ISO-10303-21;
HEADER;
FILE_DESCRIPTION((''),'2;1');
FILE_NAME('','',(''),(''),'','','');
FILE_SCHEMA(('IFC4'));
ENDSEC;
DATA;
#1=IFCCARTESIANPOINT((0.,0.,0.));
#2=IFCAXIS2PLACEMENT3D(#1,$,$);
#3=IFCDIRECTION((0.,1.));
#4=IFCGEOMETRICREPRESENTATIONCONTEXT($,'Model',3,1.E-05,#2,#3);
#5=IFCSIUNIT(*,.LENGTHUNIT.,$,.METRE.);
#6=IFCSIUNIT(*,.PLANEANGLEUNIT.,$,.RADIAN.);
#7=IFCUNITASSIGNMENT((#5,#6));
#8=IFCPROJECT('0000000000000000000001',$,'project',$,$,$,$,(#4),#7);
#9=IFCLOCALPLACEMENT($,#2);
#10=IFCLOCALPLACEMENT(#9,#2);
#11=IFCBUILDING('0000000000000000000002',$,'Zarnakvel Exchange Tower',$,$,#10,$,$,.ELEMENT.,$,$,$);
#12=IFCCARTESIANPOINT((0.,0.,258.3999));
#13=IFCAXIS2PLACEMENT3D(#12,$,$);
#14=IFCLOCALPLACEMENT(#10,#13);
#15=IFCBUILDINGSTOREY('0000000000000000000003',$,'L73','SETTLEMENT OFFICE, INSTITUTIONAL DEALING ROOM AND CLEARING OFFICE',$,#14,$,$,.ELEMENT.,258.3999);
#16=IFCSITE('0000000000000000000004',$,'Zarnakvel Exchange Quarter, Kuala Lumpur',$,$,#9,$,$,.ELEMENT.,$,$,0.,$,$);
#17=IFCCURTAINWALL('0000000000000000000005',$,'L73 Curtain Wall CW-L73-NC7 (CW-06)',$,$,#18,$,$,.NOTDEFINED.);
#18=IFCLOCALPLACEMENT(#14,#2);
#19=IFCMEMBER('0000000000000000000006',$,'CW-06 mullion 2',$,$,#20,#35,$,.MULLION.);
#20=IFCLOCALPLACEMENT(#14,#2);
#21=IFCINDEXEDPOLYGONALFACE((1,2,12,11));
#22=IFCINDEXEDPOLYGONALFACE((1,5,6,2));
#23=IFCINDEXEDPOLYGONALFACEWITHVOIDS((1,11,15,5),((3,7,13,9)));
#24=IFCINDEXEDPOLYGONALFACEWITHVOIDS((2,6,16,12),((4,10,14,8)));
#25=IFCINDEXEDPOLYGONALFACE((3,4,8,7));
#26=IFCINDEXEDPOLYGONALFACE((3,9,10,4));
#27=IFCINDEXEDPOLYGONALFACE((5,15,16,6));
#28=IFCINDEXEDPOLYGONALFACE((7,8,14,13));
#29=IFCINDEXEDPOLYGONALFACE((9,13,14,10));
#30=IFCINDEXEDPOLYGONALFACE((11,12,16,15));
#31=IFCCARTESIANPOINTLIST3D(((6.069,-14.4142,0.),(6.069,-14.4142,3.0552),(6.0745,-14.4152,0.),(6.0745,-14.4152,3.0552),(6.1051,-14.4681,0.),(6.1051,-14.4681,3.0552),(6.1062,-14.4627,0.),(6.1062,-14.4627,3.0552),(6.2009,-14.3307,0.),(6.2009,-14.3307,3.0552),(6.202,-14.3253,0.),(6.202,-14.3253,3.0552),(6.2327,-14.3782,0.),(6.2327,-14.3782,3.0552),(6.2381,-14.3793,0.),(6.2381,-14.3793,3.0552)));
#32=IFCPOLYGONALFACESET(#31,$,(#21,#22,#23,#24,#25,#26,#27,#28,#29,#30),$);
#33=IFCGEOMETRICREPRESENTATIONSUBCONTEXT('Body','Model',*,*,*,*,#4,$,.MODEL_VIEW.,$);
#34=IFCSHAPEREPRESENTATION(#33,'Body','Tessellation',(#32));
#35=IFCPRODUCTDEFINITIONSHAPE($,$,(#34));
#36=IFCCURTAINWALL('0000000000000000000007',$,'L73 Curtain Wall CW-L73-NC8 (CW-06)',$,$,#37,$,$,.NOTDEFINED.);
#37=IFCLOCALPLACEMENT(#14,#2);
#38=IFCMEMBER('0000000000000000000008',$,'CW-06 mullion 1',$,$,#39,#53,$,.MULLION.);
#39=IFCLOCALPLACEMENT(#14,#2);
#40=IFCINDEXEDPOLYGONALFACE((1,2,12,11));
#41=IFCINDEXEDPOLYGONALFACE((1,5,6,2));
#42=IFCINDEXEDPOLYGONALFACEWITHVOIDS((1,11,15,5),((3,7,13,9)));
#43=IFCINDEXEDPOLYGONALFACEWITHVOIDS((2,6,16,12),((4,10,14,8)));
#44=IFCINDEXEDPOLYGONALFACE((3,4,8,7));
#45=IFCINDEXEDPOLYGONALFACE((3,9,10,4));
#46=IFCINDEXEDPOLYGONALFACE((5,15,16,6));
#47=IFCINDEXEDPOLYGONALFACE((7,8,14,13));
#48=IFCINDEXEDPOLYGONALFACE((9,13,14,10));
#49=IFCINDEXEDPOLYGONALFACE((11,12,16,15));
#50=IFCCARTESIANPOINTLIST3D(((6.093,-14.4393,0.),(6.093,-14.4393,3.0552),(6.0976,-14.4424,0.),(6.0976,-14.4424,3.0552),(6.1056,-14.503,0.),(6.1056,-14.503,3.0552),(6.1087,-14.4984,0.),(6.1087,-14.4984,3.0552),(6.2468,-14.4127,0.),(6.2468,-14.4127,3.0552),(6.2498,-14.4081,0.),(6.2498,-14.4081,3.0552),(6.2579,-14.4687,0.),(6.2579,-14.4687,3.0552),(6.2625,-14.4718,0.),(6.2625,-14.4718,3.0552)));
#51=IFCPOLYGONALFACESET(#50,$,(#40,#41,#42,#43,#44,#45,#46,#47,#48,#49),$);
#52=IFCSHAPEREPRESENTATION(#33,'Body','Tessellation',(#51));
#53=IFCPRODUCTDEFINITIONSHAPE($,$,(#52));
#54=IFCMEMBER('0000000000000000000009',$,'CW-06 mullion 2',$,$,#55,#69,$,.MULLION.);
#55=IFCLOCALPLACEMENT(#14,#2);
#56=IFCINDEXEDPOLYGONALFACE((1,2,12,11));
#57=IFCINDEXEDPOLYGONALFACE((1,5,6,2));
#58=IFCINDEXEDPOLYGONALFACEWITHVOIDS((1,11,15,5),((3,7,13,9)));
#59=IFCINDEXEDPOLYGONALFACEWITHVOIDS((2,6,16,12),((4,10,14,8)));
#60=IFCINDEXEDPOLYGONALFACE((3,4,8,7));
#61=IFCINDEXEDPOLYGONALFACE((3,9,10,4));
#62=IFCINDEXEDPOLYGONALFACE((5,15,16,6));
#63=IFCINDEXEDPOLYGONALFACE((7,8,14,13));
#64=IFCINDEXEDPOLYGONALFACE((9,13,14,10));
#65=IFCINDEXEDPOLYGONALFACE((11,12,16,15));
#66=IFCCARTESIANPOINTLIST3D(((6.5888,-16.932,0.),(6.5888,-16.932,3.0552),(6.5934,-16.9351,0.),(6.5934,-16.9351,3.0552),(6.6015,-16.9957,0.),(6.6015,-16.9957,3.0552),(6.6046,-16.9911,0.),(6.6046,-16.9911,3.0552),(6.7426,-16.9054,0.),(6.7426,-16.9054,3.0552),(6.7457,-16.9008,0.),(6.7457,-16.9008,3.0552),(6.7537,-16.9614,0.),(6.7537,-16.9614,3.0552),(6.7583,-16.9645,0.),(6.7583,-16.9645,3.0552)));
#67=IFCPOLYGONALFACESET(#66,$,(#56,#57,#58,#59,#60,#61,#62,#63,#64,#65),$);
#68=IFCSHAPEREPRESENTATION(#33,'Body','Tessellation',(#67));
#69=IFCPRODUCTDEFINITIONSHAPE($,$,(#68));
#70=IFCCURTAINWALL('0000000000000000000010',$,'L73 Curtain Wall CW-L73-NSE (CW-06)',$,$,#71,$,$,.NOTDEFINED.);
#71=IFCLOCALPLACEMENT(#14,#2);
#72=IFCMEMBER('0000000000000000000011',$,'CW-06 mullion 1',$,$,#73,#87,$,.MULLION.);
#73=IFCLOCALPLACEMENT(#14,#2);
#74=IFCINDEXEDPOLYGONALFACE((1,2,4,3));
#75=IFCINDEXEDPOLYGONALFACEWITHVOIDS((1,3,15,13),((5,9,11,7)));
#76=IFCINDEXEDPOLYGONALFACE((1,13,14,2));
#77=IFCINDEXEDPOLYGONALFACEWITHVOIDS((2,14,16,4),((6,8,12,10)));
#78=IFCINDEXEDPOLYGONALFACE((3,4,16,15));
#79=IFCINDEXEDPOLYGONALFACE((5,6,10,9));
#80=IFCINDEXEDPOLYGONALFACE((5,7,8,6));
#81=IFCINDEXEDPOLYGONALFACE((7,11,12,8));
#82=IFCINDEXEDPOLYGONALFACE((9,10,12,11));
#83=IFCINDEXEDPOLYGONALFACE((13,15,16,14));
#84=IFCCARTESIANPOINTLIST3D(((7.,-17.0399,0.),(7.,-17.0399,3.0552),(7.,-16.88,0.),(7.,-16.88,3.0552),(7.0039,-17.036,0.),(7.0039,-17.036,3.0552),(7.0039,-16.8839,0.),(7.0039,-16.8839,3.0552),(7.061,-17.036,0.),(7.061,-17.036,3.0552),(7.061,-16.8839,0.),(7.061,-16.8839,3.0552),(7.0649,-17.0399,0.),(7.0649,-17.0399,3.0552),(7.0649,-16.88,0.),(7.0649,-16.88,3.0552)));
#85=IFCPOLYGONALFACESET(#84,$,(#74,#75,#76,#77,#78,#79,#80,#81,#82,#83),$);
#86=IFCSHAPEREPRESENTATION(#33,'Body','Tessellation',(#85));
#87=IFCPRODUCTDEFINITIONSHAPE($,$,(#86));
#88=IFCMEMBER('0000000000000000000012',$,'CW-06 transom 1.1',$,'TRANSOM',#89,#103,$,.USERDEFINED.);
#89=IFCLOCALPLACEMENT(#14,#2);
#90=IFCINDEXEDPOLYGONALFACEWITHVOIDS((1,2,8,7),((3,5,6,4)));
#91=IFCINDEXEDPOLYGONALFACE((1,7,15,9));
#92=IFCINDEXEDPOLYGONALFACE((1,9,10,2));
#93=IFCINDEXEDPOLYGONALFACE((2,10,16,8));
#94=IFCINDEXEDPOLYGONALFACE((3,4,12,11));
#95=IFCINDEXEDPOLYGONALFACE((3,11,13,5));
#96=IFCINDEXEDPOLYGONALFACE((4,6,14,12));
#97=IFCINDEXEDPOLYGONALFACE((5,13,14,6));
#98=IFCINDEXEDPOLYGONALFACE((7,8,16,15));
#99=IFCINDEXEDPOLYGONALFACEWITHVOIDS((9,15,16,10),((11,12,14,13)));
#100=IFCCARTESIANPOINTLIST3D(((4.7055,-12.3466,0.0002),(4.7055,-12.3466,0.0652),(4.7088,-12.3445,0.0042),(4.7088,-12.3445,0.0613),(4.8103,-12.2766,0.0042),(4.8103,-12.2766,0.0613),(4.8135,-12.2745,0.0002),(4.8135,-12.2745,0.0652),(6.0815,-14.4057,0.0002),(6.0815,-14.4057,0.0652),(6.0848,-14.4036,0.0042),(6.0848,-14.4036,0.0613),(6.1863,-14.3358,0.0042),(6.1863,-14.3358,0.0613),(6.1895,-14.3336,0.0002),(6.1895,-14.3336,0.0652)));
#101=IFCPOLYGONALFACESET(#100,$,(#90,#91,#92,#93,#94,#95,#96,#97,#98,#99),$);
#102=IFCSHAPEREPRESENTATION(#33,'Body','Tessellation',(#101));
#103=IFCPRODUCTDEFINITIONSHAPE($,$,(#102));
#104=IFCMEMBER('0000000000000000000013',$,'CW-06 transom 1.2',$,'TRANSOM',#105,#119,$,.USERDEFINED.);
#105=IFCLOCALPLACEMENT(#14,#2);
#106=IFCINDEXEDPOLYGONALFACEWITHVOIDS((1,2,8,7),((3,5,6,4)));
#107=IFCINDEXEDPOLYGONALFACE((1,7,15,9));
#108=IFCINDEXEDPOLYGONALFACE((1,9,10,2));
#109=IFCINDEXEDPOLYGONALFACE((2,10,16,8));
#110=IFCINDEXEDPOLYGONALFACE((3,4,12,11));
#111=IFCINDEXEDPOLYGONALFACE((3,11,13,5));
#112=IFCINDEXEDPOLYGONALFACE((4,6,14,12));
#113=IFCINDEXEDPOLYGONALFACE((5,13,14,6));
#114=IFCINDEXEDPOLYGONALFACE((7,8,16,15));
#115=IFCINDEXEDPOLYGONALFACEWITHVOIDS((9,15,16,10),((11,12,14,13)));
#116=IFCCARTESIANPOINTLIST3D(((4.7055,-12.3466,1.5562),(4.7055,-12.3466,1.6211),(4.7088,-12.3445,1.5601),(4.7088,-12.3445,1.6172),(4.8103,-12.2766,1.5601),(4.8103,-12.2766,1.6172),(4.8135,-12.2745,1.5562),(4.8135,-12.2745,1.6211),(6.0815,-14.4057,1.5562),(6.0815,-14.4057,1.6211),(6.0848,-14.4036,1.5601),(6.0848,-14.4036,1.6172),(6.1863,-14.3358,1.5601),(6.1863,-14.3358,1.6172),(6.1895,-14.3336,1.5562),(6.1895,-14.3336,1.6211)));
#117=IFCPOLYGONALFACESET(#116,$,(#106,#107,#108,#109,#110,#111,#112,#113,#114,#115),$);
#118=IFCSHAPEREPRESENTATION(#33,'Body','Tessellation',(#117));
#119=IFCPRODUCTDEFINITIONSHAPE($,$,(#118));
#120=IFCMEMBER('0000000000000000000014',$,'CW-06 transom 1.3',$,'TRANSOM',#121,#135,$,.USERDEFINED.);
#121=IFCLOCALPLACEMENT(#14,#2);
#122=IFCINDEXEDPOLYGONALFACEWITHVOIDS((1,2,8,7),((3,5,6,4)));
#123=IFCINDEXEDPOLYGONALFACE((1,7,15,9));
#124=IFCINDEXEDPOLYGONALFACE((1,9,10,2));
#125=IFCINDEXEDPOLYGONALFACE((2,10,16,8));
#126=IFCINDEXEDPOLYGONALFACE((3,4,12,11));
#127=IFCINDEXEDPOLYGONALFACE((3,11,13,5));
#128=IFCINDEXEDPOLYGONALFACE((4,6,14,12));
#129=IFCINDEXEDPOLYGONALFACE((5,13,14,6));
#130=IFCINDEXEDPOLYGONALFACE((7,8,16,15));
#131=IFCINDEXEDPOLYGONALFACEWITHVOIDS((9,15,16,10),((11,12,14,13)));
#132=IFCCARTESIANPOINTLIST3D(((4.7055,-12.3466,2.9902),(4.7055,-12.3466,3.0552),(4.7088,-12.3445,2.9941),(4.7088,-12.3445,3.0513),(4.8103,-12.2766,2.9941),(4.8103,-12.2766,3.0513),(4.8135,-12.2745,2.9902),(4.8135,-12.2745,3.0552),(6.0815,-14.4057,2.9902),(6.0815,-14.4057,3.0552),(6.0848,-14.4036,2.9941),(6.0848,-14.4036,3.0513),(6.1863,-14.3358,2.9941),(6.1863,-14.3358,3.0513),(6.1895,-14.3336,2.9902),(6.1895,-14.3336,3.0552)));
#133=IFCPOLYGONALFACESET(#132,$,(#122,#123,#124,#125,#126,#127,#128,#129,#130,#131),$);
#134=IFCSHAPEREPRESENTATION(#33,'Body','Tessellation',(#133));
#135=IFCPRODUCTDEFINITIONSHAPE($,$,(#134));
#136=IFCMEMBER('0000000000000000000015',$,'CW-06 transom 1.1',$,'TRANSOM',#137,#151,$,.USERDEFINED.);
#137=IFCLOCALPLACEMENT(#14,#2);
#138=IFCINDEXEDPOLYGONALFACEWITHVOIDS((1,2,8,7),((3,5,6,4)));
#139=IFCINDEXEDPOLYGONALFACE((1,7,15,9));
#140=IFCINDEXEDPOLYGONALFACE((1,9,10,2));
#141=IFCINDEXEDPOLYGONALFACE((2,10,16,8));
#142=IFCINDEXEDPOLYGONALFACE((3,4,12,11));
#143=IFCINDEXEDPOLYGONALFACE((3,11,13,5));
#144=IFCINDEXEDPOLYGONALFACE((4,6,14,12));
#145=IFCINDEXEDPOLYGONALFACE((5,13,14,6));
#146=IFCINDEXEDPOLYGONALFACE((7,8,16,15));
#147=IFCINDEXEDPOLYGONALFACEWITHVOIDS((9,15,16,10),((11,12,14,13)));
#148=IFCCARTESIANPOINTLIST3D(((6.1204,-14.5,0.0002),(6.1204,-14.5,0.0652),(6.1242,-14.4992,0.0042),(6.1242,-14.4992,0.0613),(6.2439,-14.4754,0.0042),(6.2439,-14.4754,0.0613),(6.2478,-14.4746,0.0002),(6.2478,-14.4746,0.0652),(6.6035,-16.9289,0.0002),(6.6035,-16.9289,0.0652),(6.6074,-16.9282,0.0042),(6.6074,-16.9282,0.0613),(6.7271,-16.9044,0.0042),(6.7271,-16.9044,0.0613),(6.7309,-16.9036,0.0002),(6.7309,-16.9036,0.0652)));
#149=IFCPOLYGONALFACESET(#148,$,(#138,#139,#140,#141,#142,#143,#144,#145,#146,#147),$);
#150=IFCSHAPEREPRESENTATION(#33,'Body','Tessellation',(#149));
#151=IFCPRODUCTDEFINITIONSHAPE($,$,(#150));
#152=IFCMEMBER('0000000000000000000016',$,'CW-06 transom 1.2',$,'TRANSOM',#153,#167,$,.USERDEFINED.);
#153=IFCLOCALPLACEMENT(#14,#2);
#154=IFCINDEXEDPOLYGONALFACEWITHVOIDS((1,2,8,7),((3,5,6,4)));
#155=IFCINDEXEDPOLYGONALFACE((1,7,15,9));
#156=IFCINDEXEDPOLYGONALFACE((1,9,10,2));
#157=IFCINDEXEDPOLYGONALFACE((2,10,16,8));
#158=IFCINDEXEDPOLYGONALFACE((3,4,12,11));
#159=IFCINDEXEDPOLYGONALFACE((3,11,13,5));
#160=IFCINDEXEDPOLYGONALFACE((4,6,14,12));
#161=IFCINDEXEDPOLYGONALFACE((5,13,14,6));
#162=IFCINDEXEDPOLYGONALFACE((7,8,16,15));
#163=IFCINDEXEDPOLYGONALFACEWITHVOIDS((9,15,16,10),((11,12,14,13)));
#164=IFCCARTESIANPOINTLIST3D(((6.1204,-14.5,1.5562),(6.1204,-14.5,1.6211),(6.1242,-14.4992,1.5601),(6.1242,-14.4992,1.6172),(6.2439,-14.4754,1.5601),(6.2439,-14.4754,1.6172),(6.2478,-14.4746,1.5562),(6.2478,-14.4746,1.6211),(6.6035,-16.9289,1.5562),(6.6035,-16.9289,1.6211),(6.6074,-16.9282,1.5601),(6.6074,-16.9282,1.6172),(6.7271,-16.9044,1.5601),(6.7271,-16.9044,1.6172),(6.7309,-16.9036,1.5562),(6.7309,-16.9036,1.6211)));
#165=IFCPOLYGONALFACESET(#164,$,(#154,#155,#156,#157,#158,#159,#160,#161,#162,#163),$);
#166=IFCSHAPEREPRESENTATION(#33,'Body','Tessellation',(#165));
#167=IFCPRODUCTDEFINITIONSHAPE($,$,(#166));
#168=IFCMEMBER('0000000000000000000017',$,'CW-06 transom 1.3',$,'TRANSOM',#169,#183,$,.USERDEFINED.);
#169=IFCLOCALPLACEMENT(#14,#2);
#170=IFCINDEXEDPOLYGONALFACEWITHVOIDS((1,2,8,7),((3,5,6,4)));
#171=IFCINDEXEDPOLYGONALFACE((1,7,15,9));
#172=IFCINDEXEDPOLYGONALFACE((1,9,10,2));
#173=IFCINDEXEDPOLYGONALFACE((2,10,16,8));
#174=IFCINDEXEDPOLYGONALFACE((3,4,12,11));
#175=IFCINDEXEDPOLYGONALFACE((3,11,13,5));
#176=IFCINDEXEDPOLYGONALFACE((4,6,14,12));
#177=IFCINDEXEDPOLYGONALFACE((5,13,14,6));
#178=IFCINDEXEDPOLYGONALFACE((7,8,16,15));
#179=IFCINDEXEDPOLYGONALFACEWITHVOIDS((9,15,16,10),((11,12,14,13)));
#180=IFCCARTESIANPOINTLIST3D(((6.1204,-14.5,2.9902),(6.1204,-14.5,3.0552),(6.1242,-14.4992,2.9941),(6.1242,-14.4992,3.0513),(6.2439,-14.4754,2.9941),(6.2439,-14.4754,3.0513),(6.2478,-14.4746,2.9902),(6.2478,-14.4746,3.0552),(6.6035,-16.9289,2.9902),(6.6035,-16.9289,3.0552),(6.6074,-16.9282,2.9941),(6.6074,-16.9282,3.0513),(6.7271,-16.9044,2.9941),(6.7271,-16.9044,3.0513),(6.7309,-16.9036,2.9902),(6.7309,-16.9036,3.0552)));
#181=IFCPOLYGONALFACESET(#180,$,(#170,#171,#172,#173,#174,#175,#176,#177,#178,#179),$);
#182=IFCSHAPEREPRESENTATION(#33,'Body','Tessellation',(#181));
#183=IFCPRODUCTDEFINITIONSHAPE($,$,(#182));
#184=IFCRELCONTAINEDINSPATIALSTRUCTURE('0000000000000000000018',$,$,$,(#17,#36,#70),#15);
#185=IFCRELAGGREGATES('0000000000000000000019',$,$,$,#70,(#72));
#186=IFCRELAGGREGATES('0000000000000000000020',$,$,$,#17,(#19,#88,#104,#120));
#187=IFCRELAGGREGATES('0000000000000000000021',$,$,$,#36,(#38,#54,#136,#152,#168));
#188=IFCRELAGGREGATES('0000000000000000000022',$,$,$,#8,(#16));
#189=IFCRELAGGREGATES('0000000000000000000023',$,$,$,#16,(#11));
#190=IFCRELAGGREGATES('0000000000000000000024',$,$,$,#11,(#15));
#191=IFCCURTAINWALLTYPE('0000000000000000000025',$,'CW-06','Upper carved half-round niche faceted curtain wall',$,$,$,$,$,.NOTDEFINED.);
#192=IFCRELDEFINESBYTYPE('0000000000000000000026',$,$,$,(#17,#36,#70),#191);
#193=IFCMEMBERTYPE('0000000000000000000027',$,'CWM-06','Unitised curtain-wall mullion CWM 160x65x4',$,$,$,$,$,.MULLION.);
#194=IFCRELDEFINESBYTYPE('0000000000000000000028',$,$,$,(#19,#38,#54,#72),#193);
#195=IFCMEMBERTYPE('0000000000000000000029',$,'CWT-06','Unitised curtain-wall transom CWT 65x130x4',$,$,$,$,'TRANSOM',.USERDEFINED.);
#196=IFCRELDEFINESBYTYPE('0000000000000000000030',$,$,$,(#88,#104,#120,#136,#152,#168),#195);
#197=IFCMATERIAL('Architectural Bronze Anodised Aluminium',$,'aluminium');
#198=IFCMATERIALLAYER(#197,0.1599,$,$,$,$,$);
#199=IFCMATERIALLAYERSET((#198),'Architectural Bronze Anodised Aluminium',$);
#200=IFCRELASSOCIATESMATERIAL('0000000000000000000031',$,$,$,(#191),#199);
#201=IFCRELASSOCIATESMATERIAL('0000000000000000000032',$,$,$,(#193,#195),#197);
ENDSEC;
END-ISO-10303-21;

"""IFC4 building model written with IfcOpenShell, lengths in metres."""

from ifc_helpers import new_model, si_unit, direction, frame, origin, origin_2d, place, context, subcontext, project, spatial, hollow_rectangle, extrude, source, transform, mapped, material, layer, layer_set, material_profile, profile_set, type_object, element, aggregate, save


model = new_model("IFC4")

# Units and contexts
model_context = context("Model", 3, precision=1e-05, world=origin(), true_north=direction((0.0, 1.0)))
body_context = subcontext(model_context, "Body", "Model", "MODEL_VIEW")
ifc_project = project(units=[si_unit("LENGTHUNIT", "METRE"), si_unit("PLANEANGLEUNIT", "RADIAN")], contexts=[model_context])

# Site, building, storey
site_placement = place(None, origin())
site = spatial("IfcSite", under=ifc_project, at=site_placement, Name="Zarnakvel Exchange Quarter, Kuala Lumpur", CompositionType="ELEMENT", RefElevation=0.0)
building_placement = place(site_placement, origin())
building = spatial("IfcBuilding", under=site, at=building_placement, Name="Zarnakvel Exchange Tower", CompositionType="ELEMENT")
storey_placement = place(building_placement, frame((0.0, 0.0, 258.3999)))
storey = spatial("IfcBuildingStorey", under=building, at=storey_placement, Name="L73", Description="SETTLEMENT OFFICE, INSTITUTIONAL DEALING ROOM AND CLEARING OFFICE", CompositionType="ELEMENT", Elevation=258.3999)

# Curtain walls, members
ifc_material_1 = material(Name="Architectural Bronze Anodised Aluminium", Category="aluminium")
ifc_layer_1 = layer(ifc_material_1, 0.1599)
ifc_layer_set_1 = layer_set([ifc_layer_1], Name="Architectural Bronze Anodised Aluminium")
curtain_wall_type = type_object("IfcCurtainWallType", Name="CW-06", Description="Upper carved half-round niche faceted curtain wall", PredefinedType="NOTDEFINED", material=ifc_layer_set_1)
curtain_wall_1_placement = place(storey_placement, origin())
curtain_wall_1 = element("IfcCurtainWall", 1, at=curtain_wall_1_placement, inside=storey, type_object=curtain_wall_type, Name="L73 Curtain Wall CW-L73-NC7 (CW-06)", PredefinedType="NOTDEFINED")
ifc_material_profile_1 = material_profile(ifc_material_1, hollow_rectangle(XDim=0.1599, YDim=0.0649, WallThickness=0.0039, at=origin_2d()))
ifc_profile_set_1 = profile_set([ifc_material_profile_1], Name="Architectural Bronze Anodised Aluminium")
member_type_1 = type_object("IfcMemberType", Name="CWM-06", Description="Unitised curtain-wall mullion CWM 160x65x4", PredefinedType="MULLION", material=ifc_profile_set_1)
shared_shape_1 = source(origin(), body_context, "Body", "SweptSolid", [
    extrude(hollow_rectangle(XDim=0.1599, YDim=0.0649, WallThickness=0.0039, at=origin_2d()), origin(), (0.0, 0.0, 1.0), 3.0552),
])
member_1_placement = place(storey_placement, frame((6.1536, -14.3967, 0.0), z_axis=(0.0, 0.0, 1.0), x_axis=(0.83147, 0.55557, 0.0)))
member_1 = element("IfcMember", 2, at=member_1_placement, type_object=member_type_1, Name="CW-06 mullion 2", PredefinedType="MULLION", context=body_context, shape_type="MappedRepresentation", body=[
    mapped(shared_shape_1, transform((0.0, 0.0, 0.0), x_axis=(1.0, 0.0, 0.0), y_axis=(0.0, 1.0, 0.0), z_axis=(0.0, 0.0, 1.0), scale=1.0)),
])
curtain_wall_2_placement = place(storey_placement, origin())
curtain_wall_2 = element("IfcCurtainWall", 3, at=curtain_wall_2_placement, inside=storey, type_object=curtain_wall_type, Name="L73 Curtain Wall CW-L73-NC8 (CW-06)", PredefinedType="NOTDEFINED")
member_2_placement = place(storey_placement, frame((6.1777, -14.4556, 0.0), z_axis=(0.0, 0.0, 1.0), x_axis=(0.980785, 0.19509, 0.0)))
member_2 = element("IfcMember", 4, at=member_2_placement, type_object=member_type_1, Name="CW-06 mullion 1", PredefinedType="MULLION", context=body_context, shape_type="MappedRepresentation", body=[
    mapped(shared_shape_1, transform((0.0, 0.0, 0.0), x_axis=(1.0, 0.0, 0.0), y_axis=(0.0, 1.0, 0.0), z_axis=(0.0, 0.0, 1.0), scale=1.0)),
])
member_3_placement = place(storey_placement, frame((6.6736, -16.9482, 0.0), z_axis=(0.0, 0.0, 1.0), x_axis=(0.980785, 0.19509, 0.0)))
member_3 = element("IfcMember", 5, at=member_3_placement, type_object=member_type_1, Name="CW-06 mullion 2", PredefinedType="MULLION", context=body_context, shape_type="MappedRepresentation", body=[
    mapped(shared_shape_1, transform((0.0, 0.0, 0.0), x_axis=(1.0, 0.0, 0.0), y_axis=(0.0, 1.0, 0.0), z_axis=(0.0, 0.0, 1.0), scale=1.0)),
])

# Curtain wall, member
curtain_wall_3_placement = place(storey_placement, origin())
curtain_wall_3 = element("IfcCurtainWall", 6, at=curtain_wall_3_placement, inside=storey, type_object=curtain_wall_type, Name="L73 Curtain Wall CW-L73-NSE (CW-06)", PredefinedType="NOTDEFINED")
member_4_placement = place(storey_placement, frame((7.0325, -16.96, 0.0), z_axis=(0.0, 0.0, 1.0), x_axis=(0.0, 1.0, 0.0)))
member_4 = element("IfcMember", 7, at=member_4_placement, type_object=member_type_1, Name="CW-06 mullion 1", PredefinedType="MULLION", context=body_context, shape_type="MappedRepresentation", body=[
    mapped(shared_shape_1, transform((0.0, 0.0, 0.0), x_axis=(1.0, 0.0, 0.0), y_axis=(0.0, 1.0, 0.0), z_axis=(0.0, 0.0, 1.0), scale=1.0)),
])

# Members
ifc_material_profile_2 = material_profile(ifc_material_1, hollow_rectangle(XDim=0.1299, YDim=0.0649, WallThickness=0.0039, at=origin_2d()))
ifc_profile_set_2 = profile_set([ifc_material_profile_2], Name="Architectural Bronze Anodised Aluminium")
member_type_2 = type_object("IfcMemberType", Name="CWT-06", Description="Unitised curtain-wall transom CWT 65x130x4", ElementType="TRANSOM", PredefinedType="USERDEFINED", material=ifc_profile_set_2)
shared_shape_2 = source(origin(), body_context, "Body", "SweptSolid", [
    extrude(hollow_rectangle(XDim=0.1299, YDim=0.0649, WallThickness=0.0039, at=origin_2d()), origin(), (0.0, 0.0, 1.0), 2.4766),
])
member_5_placement = place(storey_placement, frame((4.7595, -12.3105, 0.0327), z_axis=(0.55561, -0.831443, 0.0), x_axis=(0.831443, 0.55561, 0.0)))
member_5 = element("IfcMember", 8, at=member_5_placement, type_object=member_type_2, Name="CW-06 transom 1.1", ObjectType="TRANSOM", PredefinedType="USERDEFINED", context=body_context, shape_type="MappedRepresentation", body=[
    mapped(shared_shape_2, transform((0.0, 0.0, 0.0), x_axis=(1.0, 0.0, 0.0), y_axis=(0.0, 1.0, 0.0), z_axis=(0.0, 0.0, 1.0), scale=1.0)),
])
member_6_placement = place(storey_placement, frame((4.7595, -12.3105, 1.5886), z_axis=(0.55561, -0.831443, 0.0), x_axis=(0.831443, 0.55561, 0.0)))
member_6 = element("IfcMember", 9, at=member_6_placement, type_object=member_type_2, Name="CW-06 transom 1.2", ObjectType="TRANSOM", PredefinedType="USERDEFINED", context=body_context, shape_type="MappedRepresentation", body=[
    mapped(shared_shape_2, transform((0.0, 0.0, 0.0), x_axis=(1.0, 0.0, 0.0), y_axis=(0.0, 1.0, 0.0), z_axis=(0.0, 0.0, 1.0), scale=1.0)),
])
member_7_placement = place(storey_placement, frame((4.7595, -12.3105, 3.0227), z_axis=(0.55561, -0.831443, 0.0), x_axis=(0.831443, 0.55561, 0.0)))
member_7 = element("IfcMember", 10, at=member_7_placement, type_object=member_type_2, Name="CW-06 transom 1.3", ObjectType="TRANSOM", PredefinedType="USERDEFINED", context=body_context, shape_type="MappedRepresentation", body=[
    mapped(shared_shape_2, transform((0.0, 0.0, 0.0), x_axis=(1.0, 0.0, 0.0), y_axis=(0.0, 1.0, 0.0), z_axis=(0.0, 0.0, 1.0), scale=1.0)),
])
member_8_placement = place(storey_placement, frame((6.1841, -14.4873, 0.0327), z_axis=(0.195092, -0.980785, 0.0), x_axis=(0.980785, 0.195092, 0.0)))
member_8 = element("IfcMember", 11, at=member_8_placement, type_object=member_type_2, Name="CW-06 transom 1.1", ObjectType="TRANSOM", PredefinedType="USERDEFINED", context=body_context, shape_type="MappedRepresentation", body=[
    mapped(shared_shape_2, transform((0.0, 0.0, 0.0), x_axis=(1.0, 0.0, 0.0), y_axis=(0.0, 1.0, 0.0), z_axis=(0.0, 0.0, 1.0), scale=1.0)),
])
member_9_placement = place(storey_placement, frame((6.1841, -14.4873, 1.5886), z_axis=(0.195092, -0.980785, 0.0), x_axis=(0.980785, 0.195092, 0.0)))
member_9 = element("IfcMember", 12, at=member_9_placement, type_object=member_type_2, Name="CW-06 transom 1.2", ObjectType="TRANSOM", PredefinedType="USERDEFINED", context=body_context, shape_type="MappedRepresentation", body=[
    mapped(shared_shape_2, transform((0.0, 0.0, 0.0), x_axis=(1.0, 0.0, 0.0), y_axis=(0.0, 1.0, 0.0), z_axis=(0.0, 0.0, 1.0), scale=1.0)),
])
member_10_placement = place(storey_placement, frame((6.1841, -14.4873, 3.0227), z_axis=(0.195092, -0.980785, 0.0), x_axis=(0.980785, 0.195092, 0.0)))
member_10 = element("IfcMember", 13, at=member_10_placement, type_object=member_type_2, Name="CW-06 transom 1.3", ObjectType="TRANSOM", PredefinedType="USERDEFINED", context=body_context, shape_type="MappedRepresentation", body=[
    mapped(shared_shape_2, transform((0.0, 0.0, 0.0), x_axis=(1.0, 0.0, 0.0), y_axis=(0.0, 1.0, 0.0), z_axis=(0.0, 0.0, 1.0), scale=1.0)),
])
aggregate(curtain_wall_3, [member_4])

aggregate(curtain_wall_1, [member_1, member_5, member_6, member_7])
aggregate(curtain_wall_2, [member_2, member_3, member_8, member_9, member_10])

save(model, "model.ifc")
